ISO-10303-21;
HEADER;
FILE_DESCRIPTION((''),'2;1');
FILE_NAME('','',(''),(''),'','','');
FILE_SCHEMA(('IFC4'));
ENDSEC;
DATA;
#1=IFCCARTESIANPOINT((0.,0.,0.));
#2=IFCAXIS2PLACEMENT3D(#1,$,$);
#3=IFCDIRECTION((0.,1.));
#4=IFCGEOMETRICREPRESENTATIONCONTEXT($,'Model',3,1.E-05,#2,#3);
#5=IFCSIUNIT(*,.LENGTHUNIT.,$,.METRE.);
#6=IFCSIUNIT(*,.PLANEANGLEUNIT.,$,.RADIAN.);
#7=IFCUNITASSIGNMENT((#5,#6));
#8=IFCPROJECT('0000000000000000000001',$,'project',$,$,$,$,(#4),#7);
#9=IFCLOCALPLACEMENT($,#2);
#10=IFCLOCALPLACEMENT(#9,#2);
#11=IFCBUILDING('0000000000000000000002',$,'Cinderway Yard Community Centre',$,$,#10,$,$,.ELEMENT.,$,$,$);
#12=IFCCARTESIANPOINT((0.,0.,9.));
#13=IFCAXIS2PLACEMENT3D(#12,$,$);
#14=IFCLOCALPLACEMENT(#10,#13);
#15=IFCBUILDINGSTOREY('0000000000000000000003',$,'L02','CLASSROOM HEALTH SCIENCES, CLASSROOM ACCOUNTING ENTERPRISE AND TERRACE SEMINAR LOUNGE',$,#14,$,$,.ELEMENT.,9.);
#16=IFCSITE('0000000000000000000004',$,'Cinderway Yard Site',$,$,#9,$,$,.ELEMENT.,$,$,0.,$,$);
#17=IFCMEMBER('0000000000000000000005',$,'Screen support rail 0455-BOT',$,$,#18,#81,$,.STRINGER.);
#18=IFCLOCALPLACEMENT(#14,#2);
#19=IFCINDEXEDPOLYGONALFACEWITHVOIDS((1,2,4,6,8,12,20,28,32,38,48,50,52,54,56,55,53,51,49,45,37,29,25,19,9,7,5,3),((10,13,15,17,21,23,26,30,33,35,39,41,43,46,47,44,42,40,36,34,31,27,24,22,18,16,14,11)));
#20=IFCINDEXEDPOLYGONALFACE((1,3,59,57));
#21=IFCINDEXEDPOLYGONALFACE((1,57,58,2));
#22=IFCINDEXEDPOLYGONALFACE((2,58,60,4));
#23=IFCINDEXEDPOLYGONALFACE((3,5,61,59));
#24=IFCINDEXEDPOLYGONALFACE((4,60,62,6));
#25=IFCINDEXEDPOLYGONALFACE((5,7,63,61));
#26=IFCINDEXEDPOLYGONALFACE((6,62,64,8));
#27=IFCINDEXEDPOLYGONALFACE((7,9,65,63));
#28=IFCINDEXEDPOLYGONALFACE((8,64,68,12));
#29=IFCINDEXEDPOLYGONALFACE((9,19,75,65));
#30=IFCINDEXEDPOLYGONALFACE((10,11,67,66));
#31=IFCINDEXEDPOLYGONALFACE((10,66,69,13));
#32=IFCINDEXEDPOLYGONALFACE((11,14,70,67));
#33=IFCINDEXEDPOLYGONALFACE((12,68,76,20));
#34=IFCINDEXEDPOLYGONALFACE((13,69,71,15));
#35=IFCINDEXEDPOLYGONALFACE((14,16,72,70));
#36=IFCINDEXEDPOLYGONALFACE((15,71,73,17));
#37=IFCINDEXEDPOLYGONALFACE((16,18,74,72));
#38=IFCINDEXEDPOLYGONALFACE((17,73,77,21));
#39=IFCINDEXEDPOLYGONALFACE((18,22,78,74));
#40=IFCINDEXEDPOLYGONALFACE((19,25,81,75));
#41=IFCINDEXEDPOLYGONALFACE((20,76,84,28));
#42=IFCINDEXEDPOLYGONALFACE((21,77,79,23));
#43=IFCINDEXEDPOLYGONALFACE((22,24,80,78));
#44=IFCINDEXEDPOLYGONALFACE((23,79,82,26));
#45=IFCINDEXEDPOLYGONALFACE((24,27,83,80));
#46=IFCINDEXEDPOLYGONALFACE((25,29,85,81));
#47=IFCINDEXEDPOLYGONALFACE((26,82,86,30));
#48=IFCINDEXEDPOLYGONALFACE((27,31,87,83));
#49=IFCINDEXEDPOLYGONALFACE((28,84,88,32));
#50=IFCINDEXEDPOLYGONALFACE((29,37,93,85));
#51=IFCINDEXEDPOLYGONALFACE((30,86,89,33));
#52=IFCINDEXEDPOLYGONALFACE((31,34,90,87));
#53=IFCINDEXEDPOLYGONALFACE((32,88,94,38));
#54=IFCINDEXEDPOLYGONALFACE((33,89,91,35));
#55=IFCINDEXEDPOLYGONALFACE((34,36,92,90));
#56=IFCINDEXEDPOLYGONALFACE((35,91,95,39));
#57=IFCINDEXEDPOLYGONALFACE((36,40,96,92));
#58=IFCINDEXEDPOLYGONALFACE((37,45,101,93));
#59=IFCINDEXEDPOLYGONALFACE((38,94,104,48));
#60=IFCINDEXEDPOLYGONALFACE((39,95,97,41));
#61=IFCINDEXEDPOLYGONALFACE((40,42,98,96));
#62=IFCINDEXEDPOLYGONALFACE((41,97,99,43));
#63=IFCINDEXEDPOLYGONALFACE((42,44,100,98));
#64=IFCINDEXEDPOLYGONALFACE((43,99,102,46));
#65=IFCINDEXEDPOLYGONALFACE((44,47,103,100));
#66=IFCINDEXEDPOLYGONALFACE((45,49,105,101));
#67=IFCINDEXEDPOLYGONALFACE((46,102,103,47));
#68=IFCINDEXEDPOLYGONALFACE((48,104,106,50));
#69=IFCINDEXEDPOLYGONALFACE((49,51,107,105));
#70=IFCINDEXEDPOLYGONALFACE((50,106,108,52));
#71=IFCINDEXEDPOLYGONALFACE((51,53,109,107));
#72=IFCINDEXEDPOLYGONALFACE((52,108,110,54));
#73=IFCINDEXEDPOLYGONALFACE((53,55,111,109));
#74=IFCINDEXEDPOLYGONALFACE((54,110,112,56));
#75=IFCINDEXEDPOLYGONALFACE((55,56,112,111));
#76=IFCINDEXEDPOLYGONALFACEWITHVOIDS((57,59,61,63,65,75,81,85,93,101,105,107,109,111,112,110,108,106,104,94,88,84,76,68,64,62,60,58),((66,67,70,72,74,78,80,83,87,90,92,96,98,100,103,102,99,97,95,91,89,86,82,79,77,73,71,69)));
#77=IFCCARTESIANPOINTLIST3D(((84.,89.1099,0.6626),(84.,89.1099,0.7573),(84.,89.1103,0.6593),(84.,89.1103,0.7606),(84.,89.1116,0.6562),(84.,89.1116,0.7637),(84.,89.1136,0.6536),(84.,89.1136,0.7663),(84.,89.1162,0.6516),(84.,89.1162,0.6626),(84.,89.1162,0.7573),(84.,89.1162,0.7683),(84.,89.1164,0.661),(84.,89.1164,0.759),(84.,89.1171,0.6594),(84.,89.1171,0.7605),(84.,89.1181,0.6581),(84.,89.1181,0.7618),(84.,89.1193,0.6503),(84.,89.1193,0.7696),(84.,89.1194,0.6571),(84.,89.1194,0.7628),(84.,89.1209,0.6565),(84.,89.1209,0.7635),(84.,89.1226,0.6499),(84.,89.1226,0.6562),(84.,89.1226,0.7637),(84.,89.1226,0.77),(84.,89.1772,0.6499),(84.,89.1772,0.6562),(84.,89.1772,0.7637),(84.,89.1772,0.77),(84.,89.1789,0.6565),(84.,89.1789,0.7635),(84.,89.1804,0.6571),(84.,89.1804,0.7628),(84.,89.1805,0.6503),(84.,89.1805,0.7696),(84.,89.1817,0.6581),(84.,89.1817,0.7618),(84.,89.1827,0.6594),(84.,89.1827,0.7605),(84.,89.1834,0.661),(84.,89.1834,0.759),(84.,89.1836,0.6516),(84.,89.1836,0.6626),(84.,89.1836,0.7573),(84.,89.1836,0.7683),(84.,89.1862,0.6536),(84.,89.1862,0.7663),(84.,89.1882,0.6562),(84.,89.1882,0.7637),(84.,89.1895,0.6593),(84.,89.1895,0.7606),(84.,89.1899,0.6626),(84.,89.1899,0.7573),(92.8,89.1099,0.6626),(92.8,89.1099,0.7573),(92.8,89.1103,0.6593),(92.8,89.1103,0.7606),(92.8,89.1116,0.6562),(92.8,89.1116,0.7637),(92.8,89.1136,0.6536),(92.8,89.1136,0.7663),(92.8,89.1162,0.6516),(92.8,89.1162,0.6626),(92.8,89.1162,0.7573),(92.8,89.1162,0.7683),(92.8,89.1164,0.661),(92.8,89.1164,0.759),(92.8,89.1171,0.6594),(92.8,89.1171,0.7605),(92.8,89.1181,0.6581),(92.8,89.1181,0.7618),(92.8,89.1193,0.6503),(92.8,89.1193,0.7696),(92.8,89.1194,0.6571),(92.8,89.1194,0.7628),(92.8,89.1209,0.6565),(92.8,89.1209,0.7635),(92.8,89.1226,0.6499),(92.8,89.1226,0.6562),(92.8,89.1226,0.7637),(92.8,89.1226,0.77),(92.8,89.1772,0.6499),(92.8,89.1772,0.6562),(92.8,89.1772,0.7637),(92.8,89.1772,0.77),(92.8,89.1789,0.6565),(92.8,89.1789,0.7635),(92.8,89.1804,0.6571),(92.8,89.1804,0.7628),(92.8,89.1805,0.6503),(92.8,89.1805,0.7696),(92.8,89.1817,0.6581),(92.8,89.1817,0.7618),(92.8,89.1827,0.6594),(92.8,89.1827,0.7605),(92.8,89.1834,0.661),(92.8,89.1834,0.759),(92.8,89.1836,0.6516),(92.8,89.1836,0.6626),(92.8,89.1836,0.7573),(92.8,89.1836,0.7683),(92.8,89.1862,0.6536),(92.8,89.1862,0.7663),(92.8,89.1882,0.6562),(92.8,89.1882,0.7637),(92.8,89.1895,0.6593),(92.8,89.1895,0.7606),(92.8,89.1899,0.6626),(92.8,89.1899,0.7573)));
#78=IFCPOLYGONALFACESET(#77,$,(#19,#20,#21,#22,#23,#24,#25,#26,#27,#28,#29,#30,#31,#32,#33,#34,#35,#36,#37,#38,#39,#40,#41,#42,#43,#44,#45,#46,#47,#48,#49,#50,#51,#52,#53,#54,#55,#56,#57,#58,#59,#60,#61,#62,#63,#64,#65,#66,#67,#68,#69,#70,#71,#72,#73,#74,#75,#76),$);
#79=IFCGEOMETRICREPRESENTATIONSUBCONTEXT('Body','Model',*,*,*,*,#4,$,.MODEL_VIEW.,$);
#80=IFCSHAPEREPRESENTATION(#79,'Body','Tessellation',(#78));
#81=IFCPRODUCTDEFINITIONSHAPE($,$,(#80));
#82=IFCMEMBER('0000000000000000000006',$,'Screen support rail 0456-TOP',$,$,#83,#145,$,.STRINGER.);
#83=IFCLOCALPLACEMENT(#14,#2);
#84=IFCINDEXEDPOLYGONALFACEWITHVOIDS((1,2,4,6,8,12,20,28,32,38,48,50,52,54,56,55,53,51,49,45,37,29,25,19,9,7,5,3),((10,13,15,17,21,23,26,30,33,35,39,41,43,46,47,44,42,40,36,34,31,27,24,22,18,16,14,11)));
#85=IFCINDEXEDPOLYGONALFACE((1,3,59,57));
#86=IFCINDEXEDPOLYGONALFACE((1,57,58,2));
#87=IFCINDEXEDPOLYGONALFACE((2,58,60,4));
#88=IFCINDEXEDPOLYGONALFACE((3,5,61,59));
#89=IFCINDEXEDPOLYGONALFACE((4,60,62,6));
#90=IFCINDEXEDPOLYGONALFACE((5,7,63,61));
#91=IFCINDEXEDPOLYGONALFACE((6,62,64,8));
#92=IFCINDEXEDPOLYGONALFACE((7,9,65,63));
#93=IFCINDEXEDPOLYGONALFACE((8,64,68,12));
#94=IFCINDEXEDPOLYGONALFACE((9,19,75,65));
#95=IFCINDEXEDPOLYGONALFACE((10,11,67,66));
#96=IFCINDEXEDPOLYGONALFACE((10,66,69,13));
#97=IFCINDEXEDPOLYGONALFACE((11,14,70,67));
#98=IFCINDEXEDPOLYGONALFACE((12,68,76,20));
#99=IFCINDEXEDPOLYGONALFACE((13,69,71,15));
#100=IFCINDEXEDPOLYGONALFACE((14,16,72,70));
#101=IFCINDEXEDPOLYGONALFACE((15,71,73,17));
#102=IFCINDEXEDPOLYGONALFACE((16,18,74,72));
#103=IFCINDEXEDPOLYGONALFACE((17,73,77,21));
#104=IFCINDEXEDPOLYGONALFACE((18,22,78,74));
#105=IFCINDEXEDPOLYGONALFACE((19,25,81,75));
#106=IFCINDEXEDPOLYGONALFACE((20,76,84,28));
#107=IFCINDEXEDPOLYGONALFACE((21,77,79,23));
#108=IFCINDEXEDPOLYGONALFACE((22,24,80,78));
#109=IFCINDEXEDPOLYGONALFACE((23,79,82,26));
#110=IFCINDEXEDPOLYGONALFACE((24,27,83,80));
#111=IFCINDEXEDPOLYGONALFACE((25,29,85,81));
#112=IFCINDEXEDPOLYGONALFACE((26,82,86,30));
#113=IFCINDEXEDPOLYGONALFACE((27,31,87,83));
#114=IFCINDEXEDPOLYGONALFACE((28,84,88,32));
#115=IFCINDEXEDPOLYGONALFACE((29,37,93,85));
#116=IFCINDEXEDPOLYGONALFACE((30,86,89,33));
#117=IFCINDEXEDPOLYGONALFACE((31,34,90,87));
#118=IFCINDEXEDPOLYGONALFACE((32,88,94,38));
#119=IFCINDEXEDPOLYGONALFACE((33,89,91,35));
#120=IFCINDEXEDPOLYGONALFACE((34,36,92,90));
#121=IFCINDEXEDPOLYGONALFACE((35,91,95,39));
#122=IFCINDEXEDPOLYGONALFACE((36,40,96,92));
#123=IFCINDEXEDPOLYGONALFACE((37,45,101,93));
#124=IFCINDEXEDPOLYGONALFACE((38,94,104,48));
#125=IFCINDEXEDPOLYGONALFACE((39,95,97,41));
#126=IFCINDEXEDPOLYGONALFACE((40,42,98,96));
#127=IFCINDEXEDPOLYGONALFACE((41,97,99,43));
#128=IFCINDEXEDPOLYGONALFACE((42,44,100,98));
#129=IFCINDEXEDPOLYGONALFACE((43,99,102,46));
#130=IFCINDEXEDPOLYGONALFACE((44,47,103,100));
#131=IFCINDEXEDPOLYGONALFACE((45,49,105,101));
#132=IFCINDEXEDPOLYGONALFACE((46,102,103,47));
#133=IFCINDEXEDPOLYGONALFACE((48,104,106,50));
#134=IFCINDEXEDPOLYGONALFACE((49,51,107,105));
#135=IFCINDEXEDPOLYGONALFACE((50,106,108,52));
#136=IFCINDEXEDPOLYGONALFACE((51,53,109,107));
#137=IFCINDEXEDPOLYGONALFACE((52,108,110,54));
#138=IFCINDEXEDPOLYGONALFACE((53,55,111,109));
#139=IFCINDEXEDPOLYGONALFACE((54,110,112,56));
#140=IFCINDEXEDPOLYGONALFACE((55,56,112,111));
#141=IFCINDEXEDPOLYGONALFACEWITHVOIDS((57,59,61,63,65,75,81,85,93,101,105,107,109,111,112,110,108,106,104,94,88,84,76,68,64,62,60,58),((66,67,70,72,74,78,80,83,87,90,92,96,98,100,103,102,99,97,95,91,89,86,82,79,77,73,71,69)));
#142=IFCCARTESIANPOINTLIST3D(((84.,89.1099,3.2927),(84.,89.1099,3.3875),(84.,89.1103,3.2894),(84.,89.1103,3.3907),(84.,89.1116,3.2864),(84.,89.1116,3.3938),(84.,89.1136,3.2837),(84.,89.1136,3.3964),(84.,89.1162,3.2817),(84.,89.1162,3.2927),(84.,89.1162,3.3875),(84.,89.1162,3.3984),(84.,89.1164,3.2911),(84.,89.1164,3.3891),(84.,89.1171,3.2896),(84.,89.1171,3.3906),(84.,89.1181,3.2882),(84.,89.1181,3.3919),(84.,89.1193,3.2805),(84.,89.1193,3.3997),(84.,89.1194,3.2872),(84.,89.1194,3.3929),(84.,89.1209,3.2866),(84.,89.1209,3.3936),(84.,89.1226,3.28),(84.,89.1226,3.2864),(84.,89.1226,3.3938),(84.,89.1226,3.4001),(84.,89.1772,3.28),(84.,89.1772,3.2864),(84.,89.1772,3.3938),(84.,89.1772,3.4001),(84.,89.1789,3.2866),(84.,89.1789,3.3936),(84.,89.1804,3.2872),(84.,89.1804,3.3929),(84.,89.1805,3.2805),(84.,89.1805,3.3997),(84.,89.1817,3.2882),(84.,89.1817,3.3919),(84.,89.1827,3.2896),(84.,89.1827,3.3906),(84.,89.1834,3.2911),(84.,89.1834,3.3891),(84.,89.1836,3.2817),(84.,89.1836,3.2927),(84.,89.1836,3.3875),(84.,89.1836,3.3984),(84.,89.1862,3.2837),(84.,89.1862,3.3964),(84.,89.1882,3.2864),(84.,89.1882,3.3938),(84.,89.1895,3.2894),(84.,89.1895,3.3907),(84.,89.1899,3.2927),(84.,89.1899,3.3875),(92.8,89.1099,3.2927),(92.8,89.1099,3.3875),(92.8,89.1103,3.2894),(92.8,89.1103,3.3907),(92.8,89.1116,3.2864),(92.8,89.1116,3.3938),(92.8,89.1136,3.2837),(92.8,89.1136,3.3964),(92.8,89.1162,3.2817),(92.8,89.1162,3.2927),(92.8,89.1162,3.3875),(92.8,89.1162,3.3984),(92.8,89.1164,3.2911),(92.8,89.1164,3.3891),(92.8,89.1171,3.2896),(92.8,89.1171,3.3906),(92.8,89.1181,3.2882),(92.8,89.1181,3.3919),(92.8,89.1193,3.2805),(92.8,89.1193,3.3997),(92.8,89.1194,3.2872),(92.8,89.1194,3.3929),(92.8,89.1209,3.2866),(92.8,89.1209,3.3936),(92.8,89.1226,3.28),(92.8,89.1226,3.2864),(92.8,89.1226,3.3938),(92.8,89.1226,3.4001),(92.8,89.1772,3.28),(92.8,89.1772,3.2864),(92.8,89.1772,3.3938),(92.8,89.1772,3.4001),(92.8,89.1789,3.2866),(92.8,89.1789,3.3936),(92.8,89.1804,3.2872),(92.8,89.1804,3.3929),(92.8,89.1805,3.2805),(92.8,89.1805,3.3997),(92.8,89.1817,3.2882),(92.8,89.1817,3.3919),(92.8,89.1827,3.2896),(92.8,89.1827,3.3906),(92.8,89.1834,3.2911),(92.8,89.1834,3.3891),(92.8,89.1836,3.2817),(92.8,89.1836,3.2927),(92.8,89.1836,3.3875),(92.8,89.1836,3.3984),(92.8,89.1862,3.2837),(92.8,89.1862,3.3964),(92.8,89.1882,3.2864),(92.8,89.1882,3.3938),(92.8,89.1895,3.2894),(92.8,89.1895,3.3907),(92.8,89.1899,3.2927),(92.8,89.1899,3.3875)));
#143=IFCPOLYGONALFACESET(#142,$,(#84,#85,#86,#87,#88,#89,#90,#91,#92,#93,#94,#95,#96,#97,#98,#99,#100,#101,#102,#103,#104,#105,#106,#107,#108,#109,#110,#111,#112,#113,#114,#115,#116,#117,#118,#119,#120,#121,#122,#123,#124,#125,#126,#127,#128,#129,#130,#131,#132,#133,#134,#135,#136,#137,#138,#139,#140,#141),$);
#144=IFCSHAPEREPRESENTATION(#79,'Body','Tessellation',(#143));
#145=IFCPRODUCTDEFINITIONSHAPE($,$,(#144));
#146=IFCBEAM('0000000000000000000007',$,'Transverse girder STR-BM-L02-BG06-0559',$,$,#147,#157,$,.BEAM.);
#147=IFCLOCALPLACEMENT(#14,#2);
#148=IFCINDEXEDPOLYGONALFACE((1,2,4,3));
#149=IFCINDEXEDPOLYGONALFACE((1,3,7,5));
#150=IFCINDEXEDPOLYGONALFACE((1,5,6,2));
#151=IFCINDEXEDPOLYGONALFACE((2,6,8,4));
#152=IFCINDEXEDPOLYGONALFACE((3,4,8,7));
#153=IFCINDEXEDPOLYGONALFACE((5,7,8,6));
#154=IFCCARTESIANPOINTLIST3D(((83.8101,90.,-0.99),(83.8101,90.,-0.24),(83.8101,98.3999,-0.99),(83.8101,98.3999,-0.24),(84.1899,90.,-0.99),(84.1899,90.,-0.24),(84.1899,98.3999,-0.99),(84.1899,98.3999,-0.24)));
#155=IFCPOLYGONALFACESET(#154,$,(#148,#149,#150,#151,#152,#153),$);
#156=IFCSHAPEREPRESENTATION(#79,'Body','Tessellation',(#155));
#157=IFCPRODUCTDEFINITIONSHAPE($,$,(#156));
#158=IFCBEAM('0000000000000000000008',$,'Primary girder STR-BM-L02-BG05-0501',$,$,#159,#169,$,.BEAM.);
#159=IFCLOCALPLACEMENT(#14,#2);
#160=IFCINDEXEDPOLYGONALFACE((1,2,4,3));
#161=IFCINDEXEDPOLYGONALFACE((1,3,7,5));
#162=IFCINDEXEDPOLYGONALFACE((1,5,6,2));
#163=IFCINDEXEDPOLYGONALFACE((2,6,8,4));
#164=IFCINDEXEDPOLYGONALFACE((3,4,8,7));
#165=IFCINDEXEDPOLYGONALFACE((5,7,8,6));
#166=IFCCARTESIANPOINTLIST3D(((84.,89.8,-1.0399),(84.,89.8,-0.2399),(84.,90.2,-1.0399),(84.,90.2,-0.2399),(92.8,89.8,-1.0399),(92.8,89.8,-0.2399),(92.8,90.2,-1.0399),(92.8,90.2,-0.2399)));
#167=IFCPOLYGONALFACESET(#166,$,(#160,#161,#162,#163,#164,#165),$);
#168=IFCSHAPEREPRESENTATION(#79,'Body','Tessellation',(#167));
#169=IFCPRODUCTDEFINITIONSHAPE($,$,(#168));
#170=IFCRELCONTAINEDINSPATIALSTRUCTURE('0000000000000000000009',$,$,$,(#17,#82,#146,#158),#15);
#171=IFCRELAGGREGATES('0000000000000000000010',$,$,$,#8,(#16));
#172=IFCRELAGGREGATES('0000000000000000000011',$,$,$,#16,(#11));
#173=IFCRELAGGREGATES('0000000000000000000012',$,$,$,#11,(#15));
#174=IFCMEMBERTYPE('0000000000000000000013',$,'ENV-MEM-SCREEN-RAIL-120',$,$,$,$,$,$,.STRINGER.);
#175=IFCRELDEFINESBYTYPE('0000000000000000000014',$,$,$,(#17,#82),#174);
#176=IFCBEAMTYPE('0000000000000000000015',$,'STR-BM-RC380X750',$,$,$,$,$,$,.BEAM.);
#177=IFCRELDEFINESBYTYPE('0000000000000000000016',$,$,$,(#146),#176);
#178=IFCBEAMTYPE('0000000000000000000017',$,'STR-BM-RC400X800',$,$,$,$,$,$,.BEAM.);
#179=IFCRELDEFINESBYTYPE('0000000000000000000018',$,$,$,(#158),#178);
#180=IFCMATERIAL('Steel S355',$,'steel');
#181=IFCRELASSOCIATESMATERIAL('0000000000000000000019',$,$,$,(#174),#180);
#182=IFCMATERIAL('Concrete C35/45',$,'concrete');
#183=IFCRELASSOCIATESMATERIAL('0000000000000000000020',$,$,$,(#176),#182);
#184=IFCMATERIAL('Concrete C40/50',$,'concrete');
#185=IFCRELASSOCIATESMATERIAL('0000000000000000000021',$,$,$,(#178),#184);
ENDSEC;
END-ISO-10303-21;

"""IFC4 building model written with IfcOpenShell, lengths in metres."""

from ifc_helpers import new_model, si_unit, direction, frame, origin, origin_2d, place, context, subcontext, project, spatial, rectangle, hollow_rectangle, extrude, material, material_profile, profile_set, type_object, element, save


model = new_model("IFC4")

# Units and contexts
model_context = context("Model", 3, precision=1e-05, world=origin(), true_north=direction((0.0, 1.0)))
body_context = subcontext(model_context, "Body", "Model", "MODEL_VIEW")
ifc_project = project(units=[si_unit("LENGTHUNIT", "METRE"), si_unit("PLANEANGLEUNIT", "RADIAN")], contexts=[model_context])

# Site, building, storey
site_placement = place(None, origin())
site = spatial("IfcSite", under=ifc_project, at=site_placement, Name="Cinderway Yard Site", CompositionType="ELEMENT", RefElevation=0.0)
building_placement = place(site_placement, origin())
building = spatial("IfcBuilding", under=site, at=building_placement, Name="Cinderway Yard Community Centre", CompositionType="ELEMENT")
storey_placement = place(building_placement, frame((0.0, 0.0, 9.0)))
storey = spatial("IfcBuildingStorey", under=building, at=storey_placement, Name="L02", Description="CLASSROOM HEALTH SCIENCES, CLASSROOM ACCOUNTING ENTERPRISE AND TERRACE SEMINAR LOUNGE", CompositionType="ELEMENT", Elevation=9.0)

# Shared definitions
ifc_material_1 = material(Name="Concrete C40/50", Category="concrete")

# Members
ifc_material_2 = material(Name="Steel S355", Category="steel")
ifc_material_profile_1 = material_profile(ifc_material_2, hollow_rectangle(XDim=0.0801, YDim=0.1201, WallThickness=0.0063, InnerFilletRadius=0.0063, OuterFilletRadius=0.0127, at=origin_2d()), Name="Steel S355")
ifc_profile_set_1 = profile_set([ifc_material_profile_1], Name="Steel S355")
member_type_1 = type_object("IfcMemberType", Name="ENV-MEM-SCREEN-RAIL-120", PredefinedType="STRINGER", material=ifc_profile_set_1)
for number, where, z_axis, x_axis, name in (
    (1, (84.0, 89.1499, 0.71), (1.0, 0.0, 0.0), (0.0, 1.0, 0.0), "Screen support rail 0455-BOT"),
    (2, (84.0, 89.1499, 3.3401), (1.0, 0.0, 0.0), (0.0, 1.0, 0.0), "Screen support rail 0456-TOP"),
):
    element("IfcMember", number, at=place(storey_placement, frame(where, z_axis=z_axis, x_axis=x_axis)), inside=storey, type_object=member_type_1, Name=name, PredefinedType="STRINGER", context=body_context, shape_type="SweptSolid", body=[
        extrude(hollow_rectangle(XDim=0.0801, YDim=0.1201, WallThickness=0.0063, InnerFilletRadius=0.0063, OuterFilletRadius=0.0127, at=origin_2d()), origin(), (0.0, 0.0, 1.0), 8.8),
    ])

# Beams
ifc_material_3 = material(Name="Concrete C35/45", Category="concrete")
ifc_material_profile_2 = material_profile(ifc_material_3, rectangle(XDim=0.3799, YDim=0.75, at=origin_2d()), Name="Concrete C35/45")
ifc_profile_set_2 = profile_set([ifc_material_profile_2], Name="Concrete C35/45")
beam_type_1 = type_object("IfcBeamType", Name="STR-BM-RC380X750", PredefinedType="BEAM", material=ifc_profile_set_2)
beam_1_placement = place(storey_placement, frame((84.0, 90.0, -0.615), z_axis=(0.0, 1.0, 0.0), x_axis=(-1.0, 0.0, 0.0)))
element("IfcBeam", 3, at=beam_1_placement, inside=storey, type_object=beam_type_1, Name="Transverse girder STR-BM-L02-BG06-0559", PredefinedType="BEAM", context=body_context, shape_type="SweptSolid", body=[
    extrude(rectangle(XDim=0.3799, YDim=0.75, at=origin_2d()), origin(), (0.0, 0.0, 1.0), 8.3999),
])
ifc_material_profile_3 = material_profile(ifc_material_1, rectangle(XDim=0.3999, YDim=0.8, at=origin_2d()), Name="Concrete C40/50")
ifc_profile_set_3 = profile_set([ifc_material_profile_3], Name="Concrete C40/50")
beam_type_2 = type_object("IfcBeamType", Name="STR-BM-RC400X800", PredefinedType="BEAM", material=ifc_profile_set_3)
beam_2_placement = place(storey_placement, frame((84.0, 90.0, -0.6399), z_axis=(1.0, 0.0, 0.0), x_axis=(0.0, 1.0, 0.0)))
element("IfcBeam", 4, at=beam_2_placement, inside=storey, type_object=beam_type_2, Name="Primary girder STR-BM-L02-BG05-0501", PredefinedType="BEAM", context=body_context, shape_type="SweptSolid", body=[
    extrude(rectangle(XDim=0.3999, YDim=0.8, at=origin_2d()), origin(), (0.0, 0.0, 1.0), 8.8),
])

save(model, "model.ifc")
